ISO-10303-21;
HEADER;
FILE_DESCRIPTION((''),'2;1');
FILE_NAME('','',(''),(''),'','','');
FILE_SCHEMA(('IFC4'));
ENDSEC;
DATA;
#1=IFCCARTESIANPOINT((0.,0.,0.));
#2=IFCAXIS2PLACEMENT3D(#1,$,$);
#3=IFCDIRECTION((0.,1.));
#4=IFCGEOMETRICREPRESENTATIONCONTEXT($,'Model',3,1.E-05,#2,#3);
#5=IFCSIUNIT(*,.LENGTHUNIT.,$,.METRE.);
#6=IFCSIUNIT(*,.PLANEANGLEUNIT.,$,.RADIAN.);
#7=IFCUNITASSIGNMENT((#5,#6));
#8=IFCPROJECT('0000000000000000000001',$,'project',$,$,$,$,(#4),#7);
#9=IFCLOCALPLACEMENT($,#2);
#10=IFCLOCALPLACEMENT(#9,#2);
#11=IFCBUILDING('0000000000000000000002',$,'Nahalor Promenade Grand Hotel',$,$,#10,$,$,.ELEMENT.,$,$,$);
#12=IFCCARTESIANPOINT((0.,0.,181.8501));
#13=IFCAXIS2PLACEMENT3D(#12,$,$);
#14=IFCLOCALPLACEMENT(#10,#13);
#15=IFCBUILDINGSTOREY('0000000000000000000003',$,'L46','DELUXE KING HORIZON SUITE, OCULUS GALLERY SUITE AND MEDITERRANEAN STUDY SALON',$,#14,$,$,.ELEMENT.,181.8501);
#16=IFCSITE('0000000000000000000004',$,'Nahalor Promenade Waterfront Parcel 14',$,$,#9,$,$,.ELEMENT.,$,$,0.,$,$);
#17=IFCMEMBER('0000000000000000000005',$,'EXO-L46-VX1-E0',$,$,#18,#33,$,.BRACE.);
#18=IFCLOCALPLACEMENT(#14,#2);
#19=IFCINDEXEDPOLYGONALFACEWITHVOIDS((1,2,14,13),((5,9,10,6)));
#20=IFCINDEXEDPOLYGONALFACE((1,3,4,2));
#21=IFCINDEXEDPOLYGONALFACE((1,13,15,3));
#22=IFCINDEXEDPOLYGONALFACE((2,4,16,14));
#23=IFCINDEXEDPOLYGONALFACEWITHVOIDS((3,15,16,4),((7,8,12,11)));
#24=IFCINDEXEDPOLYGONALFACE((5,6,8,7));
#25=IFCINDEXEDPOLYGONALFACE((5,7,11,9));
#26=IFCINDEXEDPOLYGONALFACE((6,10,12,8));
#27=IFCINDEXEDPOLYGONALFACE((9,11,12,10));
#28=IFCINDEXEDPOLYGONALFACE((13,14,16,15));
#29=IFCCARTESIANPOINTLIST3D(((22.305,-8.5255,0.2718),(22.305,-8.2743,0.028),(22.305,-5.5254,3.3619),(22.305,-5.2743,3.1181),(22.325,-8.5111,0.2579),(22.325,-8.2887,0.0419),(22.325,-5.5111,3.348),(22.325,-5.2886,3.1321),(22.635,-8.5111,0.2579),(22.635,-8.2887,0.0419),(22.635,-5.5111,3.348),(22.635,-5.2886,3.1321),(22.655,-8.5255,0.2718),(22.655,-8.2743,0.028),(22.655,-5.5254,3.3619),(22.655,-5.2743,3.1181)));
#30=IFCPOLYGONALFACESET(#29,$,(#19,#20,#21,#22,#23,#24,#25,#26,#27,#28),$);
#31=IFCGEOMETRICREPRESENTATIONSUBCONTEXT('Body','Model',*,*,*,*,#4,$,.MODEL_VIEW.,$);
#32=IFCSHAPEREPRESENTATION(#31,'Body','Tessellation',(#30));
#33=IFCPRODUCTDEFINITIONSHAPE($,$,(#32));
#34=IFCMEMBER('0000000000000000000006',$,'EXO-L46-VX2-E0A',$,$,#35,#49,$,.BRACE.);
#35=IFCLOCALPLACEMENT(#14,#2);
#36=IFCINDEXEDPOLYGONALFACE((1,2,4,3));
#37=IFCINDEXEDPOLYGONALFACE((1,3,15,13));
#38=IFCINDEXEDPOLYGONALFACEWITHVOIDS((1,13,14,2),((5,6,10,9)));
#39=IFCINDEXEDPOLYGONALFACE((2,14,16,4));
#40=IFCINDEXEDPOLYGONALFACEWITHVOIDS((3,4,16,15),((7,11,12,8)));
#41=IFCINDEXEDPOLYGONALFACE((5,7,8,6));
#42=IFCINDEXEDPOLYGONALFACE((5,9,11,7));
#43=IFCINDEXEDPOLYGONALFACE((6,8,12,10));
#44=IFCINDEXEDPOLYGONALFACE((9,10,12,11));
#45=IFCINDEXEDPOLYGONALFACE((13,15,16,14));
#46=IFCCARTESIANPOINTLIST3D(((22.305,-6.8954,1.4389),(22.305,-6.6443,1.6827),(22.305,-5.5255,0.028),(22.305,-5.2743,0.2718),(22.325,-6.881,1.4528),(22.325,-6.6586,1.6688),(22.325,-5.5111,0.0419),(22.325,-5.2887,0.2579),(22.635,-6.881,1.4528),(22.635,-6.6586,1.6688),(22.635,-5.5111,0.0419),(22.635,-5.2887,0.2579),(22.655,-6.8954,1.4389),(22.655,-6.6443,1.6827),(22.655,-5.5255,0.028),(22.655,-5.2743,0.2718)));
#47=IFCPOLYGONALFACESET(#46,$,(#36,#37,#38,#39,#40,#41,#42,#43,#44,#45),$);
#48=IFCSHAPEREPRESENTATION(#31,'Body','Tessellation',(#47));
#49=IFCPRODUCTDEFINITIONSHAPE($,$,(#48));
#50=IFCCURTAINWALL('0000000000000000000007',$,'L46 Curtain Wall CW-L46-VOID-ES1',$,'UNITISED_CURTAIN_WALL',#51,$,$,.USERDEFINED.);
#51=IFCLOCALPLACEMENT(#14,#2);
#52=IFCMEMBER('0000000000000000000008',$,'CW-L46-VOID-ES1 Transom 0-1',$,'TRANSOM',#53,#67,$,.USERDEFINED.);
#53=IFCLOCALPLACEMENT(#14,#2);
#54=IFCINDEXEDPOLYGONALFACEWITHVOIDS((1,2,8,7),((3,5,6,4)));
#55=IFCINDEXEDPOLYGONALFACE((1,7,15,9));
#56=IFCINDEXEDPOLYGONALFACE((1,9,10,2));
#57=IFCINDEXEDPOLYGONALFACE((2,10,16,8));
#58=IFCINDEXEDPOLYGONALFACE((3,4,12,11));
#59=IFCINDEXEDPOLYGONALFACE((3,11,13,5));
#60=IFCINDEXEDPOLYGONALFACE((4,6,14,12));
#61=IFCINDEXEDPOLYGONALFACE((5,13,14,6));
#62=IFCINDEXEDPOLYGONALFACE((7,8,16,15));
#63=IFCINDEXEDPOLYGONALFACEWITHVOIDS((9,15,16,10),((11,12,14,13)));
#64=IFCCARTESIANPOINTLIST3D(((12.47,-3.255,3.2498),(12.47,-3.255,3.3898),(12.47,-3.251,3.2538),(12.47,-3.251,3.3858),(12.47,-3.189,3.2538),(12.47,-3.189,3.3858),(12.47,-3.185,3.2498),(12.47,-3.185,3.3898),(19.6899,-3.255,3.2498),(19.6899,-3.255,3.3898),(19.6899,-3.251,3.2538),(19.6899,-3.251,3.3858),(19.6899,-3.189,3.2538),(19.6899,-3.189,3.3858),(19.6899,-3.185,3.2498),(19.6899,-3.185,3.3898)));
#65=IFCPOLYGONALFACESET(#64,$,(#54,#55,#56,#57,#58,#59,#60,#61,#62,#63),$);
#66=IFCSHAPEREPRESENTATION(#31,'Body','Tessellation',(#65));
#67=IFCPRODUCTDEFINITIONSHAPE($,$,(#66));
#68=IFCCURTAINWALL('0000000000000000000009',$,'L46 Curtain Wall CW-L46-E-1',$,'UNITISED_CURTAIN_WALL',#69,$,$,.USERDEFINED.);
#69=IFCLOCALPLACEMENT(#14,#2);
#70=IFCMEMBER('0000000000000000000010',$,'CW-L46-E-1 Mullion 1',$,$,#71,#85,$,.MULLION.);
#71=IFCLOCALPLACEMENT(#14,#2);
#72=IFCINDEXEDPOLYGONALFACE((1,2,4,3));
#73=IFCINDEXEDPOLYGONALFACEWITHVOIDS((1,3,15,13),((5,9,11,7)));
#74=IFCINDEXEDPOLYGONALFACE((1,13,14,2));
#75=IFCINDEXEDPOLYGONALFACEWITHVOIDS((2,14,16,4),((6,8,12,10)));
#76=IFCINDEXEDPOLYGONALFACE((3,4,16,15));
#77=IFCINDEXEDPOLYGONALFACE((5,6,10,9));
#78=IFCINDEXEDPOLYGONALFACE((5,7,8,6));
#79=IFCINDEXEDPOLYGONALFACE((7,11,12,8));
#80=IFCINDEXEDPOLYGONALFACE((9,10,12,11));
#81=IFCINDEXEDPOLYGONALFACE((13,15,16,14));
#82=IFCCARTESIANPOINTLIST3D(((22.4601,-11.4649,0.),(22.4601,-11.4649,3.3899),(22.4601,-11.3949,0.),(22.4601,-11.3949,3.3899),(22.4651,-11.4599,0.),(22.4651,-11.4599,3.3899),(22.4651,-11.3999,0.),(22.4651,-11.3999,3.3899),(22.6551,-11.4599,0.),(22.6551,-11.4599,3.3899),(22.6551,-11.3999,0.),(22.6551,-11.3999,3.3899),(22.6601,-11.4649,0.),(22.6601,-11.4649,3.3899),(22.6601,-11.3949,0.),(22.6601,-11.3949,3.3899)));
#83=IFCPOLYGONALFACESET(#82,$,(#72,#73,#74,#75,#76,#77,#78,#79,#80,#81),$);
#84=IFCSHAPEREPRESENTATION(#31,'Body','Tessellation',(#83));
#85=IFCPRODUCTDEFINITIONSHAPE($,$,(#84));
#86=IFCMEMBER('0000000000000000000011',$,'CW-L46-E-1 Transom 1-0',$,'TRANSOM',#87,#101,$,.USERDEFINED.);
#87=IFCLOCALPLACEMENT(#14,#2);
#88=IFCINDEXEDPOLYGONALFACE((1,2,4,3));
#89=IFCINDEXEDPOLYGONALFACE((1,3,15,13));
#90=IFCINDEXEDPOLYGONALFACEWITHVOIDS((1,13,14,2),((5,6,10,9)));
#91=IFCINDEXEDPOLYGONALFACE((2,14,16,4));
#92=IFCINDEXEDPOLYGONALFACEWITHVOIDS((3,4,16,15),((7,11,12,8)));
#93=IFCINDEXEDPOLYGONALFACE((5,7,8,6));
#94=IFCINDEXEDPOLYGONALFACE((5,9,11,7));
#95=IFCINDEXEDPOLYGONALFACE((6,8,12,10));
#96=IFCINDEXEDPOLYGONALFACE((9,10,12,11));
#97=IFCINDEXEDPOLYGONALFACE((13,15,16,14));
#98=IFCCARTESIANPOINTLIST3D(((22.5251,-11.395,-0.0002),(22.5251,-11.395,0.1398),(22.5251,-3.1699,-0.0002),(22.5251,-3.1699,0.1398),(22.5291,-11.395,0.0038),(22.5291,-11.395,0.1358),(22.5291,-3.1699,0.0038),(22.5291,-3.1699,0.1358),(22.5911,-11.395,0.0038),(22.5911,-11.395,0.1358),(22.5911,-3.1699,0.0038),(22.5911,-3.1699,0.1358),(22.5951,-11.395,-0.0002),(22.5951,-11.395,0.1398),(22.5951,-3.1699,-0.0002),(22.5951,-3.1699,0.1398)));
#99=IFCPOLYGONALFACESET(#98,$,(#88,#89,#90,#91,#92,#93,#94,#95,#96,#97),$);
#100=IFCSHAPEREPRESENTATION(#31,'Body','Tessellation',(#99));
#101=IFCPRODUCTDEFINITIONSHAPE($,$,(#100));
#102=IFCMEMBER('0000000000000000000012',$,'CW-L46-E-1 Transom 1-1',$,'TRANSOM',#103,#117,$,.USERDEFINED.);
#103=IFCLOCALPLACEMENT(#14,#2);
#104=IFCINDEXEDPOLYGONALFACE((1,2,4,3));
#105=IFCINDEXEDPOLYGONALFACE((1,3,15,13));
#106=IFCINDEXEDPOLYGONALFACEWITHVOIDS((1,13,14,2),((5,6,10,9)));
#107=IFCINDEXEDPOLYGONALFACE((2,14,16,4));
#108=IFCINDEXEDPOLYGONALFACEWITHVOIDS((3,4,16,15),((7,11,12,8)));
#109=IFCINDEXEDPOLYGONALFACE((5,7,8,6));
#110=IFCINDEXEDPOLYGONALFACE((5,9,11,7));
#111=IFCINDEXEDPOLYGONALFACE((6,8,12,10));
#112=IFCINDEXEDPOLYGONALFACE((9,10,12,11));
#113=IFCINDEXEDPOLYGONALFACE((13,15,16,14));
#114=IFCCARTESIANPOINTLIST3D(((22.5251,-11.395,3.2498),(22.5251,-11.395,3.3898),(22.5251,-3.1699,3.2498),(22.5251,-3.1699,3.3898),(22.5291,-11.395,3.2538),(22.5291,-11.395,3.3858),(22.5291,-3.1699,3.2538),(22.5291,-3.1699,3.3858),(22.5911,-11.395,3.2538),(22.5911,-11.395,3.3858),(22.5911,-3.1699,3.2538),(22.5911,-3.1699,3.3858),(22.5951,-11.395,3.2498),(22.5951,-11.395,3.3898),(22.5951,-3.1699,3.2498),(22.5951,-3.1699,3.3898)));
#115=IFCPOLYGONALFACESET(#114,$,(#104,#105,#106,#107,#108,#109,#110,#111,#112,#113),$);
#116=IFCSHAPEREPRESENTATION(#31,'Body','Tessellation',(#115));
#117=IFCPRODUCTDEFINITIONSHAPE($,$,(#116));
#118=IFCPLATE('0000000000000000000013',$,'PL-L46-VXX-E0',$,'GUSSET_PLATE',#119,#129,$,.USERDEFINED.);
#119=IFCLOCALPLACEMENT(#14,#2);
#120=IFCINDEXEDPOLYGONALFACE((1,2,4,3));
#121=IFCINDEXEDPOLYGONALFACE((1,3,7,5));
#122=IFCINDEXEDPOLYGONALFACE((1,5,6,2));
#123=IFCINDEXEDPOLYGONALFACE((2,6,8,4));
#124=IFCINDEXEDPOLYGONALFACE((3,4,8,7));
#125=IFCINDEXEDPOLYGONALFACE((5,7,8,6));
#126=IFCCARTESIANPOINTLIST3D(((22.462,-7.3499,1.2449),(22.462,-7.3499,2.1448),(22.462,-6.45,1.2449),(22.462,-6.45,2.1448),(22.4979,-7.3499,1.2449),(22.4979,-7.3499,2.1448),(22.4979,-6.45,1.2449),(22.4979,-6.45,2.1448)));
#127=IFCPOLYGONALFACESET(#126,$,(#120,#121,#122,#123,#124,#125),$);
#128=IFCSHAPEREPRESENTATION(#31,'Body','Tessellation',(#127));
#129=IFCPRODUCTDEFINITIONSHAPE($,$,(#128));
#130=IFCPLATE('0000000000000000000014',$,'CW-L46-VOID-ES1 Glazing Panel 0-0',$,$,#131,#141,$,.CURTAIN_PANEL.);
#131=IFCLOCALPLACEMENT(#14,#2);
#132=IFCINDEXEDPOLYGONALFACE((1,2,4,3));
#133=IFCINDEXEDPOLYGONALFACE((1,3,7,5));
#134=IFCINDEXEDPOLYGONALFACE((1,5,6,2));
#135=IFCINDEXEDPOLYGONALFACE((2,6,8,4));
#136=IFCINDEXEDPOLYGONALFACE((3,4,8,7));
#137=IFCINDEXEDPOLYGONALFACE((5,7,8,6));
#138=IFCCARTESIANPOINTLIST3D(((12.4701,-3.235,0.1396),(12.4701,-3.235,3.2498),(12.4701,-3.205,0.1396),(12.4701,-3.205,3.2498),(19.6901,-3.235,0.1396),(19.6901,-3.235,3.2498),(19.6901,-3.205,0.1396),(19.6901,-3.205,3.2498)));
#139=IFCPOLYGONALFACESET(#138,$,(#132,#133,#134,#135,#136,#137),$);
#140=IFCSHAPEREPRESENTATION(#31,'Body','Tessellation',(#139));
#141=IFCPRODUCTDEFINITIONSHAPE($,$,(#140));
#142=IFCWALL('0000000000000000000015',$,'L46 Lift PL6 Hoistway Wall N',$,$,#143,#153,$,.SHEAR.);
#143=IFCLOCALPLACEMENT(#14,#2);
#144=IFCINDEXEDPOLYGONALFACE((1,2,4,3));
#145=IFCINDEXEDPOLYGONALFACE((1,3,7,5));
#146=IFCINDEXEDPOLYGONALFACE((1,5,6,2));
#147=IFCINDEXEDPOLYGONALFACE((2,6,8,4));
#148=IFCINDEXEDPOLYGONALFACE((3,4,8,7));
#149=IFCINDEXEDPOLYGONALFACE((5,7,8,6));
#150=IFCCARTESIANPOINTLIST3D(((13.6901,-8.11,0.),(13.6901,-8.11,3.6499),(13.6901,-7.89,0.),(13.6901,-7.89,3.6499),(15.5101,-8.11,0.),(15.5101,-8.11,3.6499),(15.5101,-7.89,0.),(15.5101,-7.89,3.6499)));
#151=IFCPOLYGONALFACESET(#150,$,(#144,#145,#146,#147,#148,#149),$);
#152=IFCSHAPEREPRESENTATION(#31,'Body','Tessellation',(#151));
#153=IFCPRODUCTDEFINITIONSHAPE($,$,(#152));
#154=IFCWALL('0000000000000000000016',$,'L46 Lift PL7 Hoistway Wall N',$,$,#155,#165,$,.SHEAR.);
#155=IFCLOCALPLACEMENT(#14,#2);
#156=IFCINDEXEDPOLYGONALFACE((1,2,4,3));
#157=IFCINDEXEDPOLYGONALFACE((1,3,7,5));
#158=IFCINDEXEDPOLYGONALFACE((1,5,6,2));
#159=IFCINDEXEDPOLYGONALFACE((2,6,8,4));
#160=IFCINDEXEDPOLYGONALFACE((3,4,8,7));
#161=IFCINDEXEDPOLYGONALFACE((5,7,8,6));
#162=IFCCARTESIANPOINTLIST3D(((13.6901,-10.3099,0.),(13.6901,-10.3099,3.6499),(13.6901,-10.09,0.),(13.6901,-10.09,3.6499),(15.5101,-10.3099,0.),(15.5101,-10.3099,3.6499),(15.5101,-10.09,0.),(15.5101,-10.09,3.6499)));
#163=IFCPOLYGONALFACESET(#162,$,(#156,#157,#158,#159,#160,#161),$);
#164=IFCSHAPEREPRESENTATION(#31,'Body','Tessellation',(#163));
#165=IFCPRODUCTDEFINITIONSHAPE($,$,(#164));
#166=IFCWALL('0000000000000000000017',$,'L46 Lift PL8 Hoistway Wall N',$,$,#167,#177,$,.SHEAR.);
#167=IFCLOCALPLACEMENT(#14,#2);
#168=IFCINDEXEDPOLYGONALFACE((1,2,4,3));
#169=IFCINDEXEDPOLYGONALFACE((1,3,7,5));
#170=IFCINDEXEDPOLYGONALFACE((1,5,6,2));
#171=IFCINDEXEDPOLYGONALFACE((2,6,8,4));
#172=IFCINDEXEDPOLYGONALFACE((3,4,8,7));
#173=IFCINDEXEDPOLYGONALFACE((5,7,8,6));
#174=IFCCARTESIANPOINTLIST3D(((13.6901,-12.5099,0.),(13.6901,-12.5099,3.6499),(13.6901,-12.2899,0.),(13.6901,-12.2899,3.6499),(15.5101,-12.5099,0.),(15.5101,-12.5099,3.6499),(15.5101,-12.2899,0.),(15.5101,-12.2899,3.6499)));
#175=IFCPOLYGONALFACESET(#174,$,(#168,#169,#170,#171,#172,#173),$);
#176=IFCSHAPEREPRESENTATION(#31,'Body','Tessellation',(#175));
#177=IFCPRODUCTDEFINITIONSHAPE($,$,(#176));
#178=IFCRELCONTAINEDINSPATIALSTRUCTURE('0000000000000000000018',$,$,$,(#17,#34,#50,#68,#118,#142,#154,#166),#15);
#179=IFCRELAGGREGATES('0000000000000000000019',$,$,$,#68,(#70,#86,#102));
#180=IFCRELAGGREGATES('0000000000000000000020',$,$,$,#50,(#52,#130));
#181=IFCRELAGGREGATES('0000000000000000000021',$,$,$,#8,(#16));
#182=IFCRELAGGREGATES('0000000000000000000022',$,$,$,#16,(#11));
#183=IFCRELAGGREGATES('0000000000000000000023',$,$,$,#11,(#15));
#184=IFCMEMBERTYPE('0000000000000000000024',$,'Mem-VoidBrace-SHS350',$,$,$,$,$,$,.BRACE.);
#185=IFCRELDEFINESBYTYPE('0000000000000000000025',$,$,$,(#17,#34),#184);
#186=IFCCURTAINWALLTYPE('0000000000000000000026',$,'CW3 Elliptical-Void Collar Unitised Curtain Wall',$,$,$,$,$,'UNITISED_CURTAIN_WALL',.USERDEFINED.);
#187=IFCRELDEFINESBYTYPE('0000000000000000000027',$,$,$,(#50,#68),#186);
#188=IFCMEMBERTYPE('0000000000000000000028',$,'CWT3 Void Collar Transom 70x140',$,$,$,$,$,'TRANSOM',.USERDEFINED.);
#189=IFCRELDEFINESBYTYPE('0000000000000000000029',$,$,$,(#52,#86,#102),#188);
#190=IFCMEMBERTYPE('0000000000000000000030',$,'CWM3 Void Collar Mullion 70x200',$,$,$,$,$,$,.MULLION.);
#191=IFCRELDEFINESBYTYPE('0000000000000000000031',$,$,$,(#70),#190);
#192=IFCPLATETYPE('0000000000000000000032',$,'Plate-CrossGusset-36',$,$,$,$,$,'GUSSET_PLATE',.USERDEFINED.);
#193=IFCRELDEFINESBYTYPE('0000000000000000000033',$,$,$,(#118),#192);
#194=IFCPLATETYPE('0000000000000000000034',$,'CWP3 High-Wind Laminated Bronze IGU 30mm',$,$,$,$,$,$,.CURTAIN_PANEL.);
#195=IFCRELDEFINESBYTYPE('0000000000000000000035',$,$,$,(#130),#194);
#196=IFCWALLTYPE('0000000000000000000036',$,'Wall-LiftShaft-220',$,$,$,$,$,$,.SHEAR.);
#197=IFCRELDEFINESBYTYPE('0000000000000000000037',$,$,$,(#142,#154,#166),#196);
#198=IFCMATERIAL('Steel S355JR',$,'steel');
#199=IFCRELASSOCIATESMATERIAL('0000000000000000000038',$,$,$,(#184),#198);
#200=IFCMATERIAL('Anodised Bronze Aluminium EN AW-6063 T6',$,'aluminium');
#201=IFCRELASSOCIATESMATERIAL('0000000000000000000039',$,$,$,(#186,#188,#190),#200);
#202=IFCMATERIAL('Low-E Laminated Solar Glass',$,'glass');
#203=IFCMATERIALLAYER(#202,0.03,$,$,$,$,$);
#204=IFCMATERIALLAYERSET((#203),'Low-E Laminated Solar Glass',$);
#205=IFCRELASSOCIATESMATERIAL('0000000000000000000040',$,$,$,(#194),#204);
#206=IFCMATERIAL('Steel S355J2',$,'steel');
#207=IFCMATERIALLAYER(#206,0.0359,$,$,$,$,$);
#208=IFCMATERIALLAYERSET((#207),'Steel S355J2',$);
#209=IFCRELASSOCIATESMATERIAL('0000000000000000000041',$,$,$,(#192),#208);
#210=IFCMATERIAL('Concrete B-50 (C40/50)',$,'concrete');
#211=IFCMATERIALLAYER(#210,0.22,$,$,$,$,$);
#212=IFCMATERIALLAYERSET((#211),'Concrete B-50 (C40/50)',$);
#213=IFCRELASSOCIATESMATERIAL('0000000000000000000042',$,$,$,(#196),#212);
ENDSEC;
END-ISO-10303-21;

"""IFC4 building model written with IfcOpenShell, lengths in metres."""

from ifc_helpers import new_model, si_unit, direction, frame, frame_2d, origin, origin_2d, place, context, subcontext, project, spatial, rectangle, hollow_rectangle, extrude, source, transform, mapped, material, layer, layer_set, material_profile, profile_set, type_object, element, aggregate, save


model = new_model("IFC4")

# Units and contexts
model_context = context("Model", 3, precision=1e-05, world=origin(), true_north=direction((0.0, 1.0)))
body_context = subcontext(model_context, "Body", "Model", "MODEL_VIEW")
ifc_project = project(units=[si_unit("LENGTHUNIT", "METRE"), si_unit("PLANEANGLEUNIT", "RADIAN")], contexts=[model_context])

# Site, building, storey
site_placement = place(None, origin())
site = spatial("IfcSite", under=ifc_project, at=site_placement, Name="Nahalor Promenade Waterfront Parcel 14", CompositionType="ELEMENT", RefElevation=0.0)
building_placement = place(site_placement, origin())
building = spatial("IfcBuilding", under=site, at=building_placement, Name="Nahalor Promenade Grand Hotel", CompositionType="ELEMENT")
storey_placement = place(building_placement, frame((0.0, 0.0, 181.8501)))
storey = spatial("IfcBuildingStorey", under=building, at=storey_placement, Name="L46", Description="DELUXE KING HORIZON SUITE, OCULUS GALLERY SUITE AND MEDITERRANEAN STUDY SALON", CompositionType="ELEMENT", Elevation=181.8501)

# Shared definitions
ifc_material_1 = material(Name="Steel S355J2", Category="steel")

# Shared definitions
ifc_material_2 = material(Name="Steel S355JR", Category="steel")

# Members
ifc_material_profile_1 = material_profile(ifc_material_2, hollow_rectangle(XDim=0.35, YDim=0.35, WallThickness=0.02, at=origin_2d()), Name="SHS 350x350x20")
ifc_profile_set_1 = profile_set([ifc_material_profile_1], Name="Steel S355JR")
member_type_1 = type_object("IfcMemberType", Name="Mem-VoidBrace-SHS350", PredefinedType="BRACE", material=ifc_profile_set_1)
shared_shape_1 = source(origin(), body_context, "Body", "SweptSolid", [
    extrude(hollow_rectangle(XDim=0.35, YDim=0.35, WallThickness=0.02, at=origin_2d()), origin(), (0.0, 0.0, 1.0), 4.3069),
])
member_1_placement = place(storey_placement, frame((22.48, -8.3999, 0.1499), z_axis=(0.0, 0.696571, 0.717488), x_axis=(-1.0, 0.0, 0.0)))
element("IfcMember", 1, at=member_1_placement, inside=storey, type_object=member_type_1, Name="EXO-L46-VX1-E0", PredefinedType="BRACE", context=body_context, shape_type="MappedRepresentation", body=[
    mapped(shared_shape_1, transform((0.0, 0.0, 0.0), scale=1.0)),
])
shared_shape_2 = source(origin(), body_context, "Body", "SweptSolid", [
    extrude(hollow_rectangle(XDim=0.35, YDim=0.35, WallThickness=0.02, at=origin_2d()), origin(), (0.0, 0.0, 1.0), 1.9666),
])
member_2_placement = place(storey_placement, frame((22.48, -5.3999, 0.1499), z_axis=(0.0, -0.696601, 0.717458), x_axis=(1.0, 0.0, 0.0)))
element("IfcMember", 2, at=member_2_placement, inside=storey, type_object=member_type_1, Name="EXO-L46-VX2-E0A", PredefinedType="BRACE", context=body_context, shape_type="MappedRepresentation", body=[
    mapped(shared_shape_2, transform((0.0, 0.0, 0.0), scale=1.0)),
])

# Curtain wall, member
ifc_material_3 = material(Name="Anodised Bronze Aluminium EN AW-6063 T6", Category="aluminium")
curtain_wall_type = type_object("IfcCurtainWallType", Name="CW3 Elliptical-Void Collar Unitised Curtain Wall", ElementType="UNITISED_CURTAIN_WALL", PredefinedType="USERDEFINED", material=ifc_material_3)
curtain_wall_1_placement = place(storey_placement, origin())
curtain_wall_1 = element("IfcCurtainWall", 3, at=curtain_wall_1_placement, inside=storey, type_object=curtain_wall_type, Name="L46 Curtain Wall CW-L46-VOID-ES1", ObjectType="UNITISED_CURTAIN_WALL", PredefinedType="USERDEFINED")
ifc_material_profile_2 = material_profile(ifc_material_3, hollow_rectangle(XDim=0.07, YDim=0.14, WallThickness=0.004, at=origin_2d()), Name="CWT 70x140x4")
ifc_profile_set_2 = profile_set([ifc_material_profile_2], Name="Anodised Bronze Aluminium EN AW-6063 T6")
member_type_2 = type_object("IfcMemberType", Name="CWT3 Void Collar Transom 70x140", ElementType="TRANSOM", PredefinedType="USERDEFINED", material=ifc_profile_set_2)
shared_shape_3 = source(origin(), body_context, "Body", "SweptSolid", [
    extrude(hollow_rectangle(XDim=0.07, YDim=0.14, WallThickness=0.004, at=origin_2d()), origin(), (0.0, 0.0, 1.0), 7.22),
])
member_3_placement = place(storey_placement, frame((12.47, -3.22, 3.3198), z_axis=(1.0, 0.0, 0.0), x_axis=(0.0, 1.0, 0.0)))
member_3 = element("IfcMember", 4, at=member_3_placement, type_object=member_type_2, Name="CW-L46-VOID-ES1 Transom 0-1", ObjectType="TRANSOM", PredefinedType="USERDEFINED", context=body_context, shape_type="MappedRepresentation", body=[
    mapped(shared_shape_3, transform((0.0, 0.0, 0.0), scale=1.0)),
])

# Curtain wall, members
curtain_wall_2_placement = place(storey_placement, origin())
curtain_wall_2 = element("IfcCurtainWall", 5, at=curtain_wall_2_placement, inside=storey, type_object=curtain_wall_type, Name="L46 Curtain Wall CW-L46-E-1", ObjectType="UNITISED_CURTAIN_WALL", PredefinedType="USERDEFINED")
ifc_material_profile_3 = material_profile(ifc_material_3, hollow_rectangle(XDim=0.07, YDim=0.2, WallThickness=0.005, at=origin_2d()), Name="CWM 70x200x5")
ifc_profile_set_3 = profile_set([ifc_material_profile_3], Name="Anodised Bronze Aluminium EN AW-6063 T6")
member_type_3 = type_object("IfcMemberType", Name="CWM3 Void Collar Mullion 70x200", PredefinedType="MULLION", material=ifc_profile_set_3)
shared_shape_4 = source(origin(), body_context, "Body", "SweptSolid", [
    extrude(hollow_rectangle(XDim=0.07, YDim=0.2, WallThickness=0.005, at=origin_2d()), origin(), (0.0, 0.0, 1.0), 3.3899),
])
member_4_placement = place(storey_placement, frame((22.5601, -11.4299, 0.0), z_axis=(0.0, 0.0, 1.0), x_axis=(0.0, 1.0, 0.0)))
member_4 = element("IfcMember", 6, at=member_4_placement, type_object=member_type_3, Name="CW-L46-E-1 Mullion 1", PredefinedType="MULLION", context=body_context, shape_type="MappedRepresentation", body=[
    mapped(shared_shape_4, transform((0.0, 0.0, 0.0), scale=1.0)),
])
shared_shape_5 = source(origin(), body_context, "Body", "SweptSolid", [
    extrude(hollow_rectangle(XDim=0.07, YDim=0.14, WallThickness=0.004, at=origin_2d()), origin(), (0.0, 0.0, 1.0), 8.2251),
])
member_5_placement = place(storey_placement, frame((22.5601, -11.395, 0.0698), z_axis=(0.0, 1.0, 0.0), x_axis=(-1.0, 0.0, 0.0)))
member_5 = element("IfcMember", 7, at=member_5_placement, type_object=member_type_2, Name="CW-L46-E-1 Transom 1-0", ObjectType="TRANSOM", PredefinedType="USERDEFINED", context=body_context, shape_type="MappedRepresentation", body=[
    mapped(shared_shape_5, transform((0.0, 0.0, 0.0), scale=1.0)),
])
member_6_placement = place(storey_placement, frame((22.5601, -11.395, 3.3198), z_axis=(0.0, 1.0, 0.0), x_axis=(-1.0, 0.0, 0.0)))
member_6 = element("IfcMember", 8, at=member_6_placement, type_object=member_type_2, Name="CW-L46-E-1 Transom 1-1", ObjectType="TRANSOM", PredefinedType="USERDEFINED", context=body_context, shape_type="MappedRepresentation", body=[
    mapped(shared_shape_5, transform((0.0, 0.0, 0.0), scale=1.0)),
])
ifc_material_4 = material(Name="Low-E Laminated Solar Glass", Category="glass")
ifc_layer_1 = layer(ifc_material_4, 0.03)
ifc_layer_set_1 = layer_set([ifc_layer_1], Name="Low-E Laminated Solar Glass")
plate_type_1 = type_object("IfcPlateType", Name="CWP3 High-Wind Laminated Bronze IGU 30mm", PredefinedType="CURTAIN_PANEL", material=ifc_layer_set_1)
aggregate(curtain_wall_2, [member_4, member_5, member_6])

# Plates
ifc_layer_2 = layer(ifc_material_1, 0.0359)
ifc_layer_set_2 = layer_set([ifc_layer_2], Name="Steel S355J2")
plate_type_2 = type_object("IfcPlateType", Name="Plate-CrossGusset-36", ElementType="GUSSET_PLATE", PredefinedType="USERDEFINED", material=ifc_layer_set_2)
shared_shape_6 = source(origin(), body_context, "Body", "SweptSolid", [
    extrude(rectangle(XDim=0.8999, YDim=0.0359, at=origin_2d()), origin(), (0.0, 0.0, 1.0), 0.8999),
])
plate_1_placement = place(storey_placement, frame((22.48, -6.8999, 1.2449), z_axis=(0.0, 0.0, 1.0), x_axis=(0.0, 1.0, 0.0)))
element("IfcPlate", 9, at=plate_1_placement, inside=storey, type_object=plate_type_2, Name="PL-L46-VXX-E0", ObjectType="GUSSET_PLATE", PredefinedType="USERDEFINED", context=body_context, shape_type="MappedRepresentation", body=[
    mapped(shared_shape_6, transform((0.0, 0.0, 0.0), scale=1.0)),
])
shared_shape_7 = source(origin(), body_context, "Body", "SweptSolid", [
    extrude(rectangle(XDim=7.22, YDim=0.03, at=origin_2d()), origin(), (0.0, 0.0, 1.0), 3.1101),
])
plate_2_placement = place(storey_placement, frame((16.0801, -3.22, 0.1396), z_axis=(0.0, 0.0, 1.0), x_axis=(1.0, 0.0, 0.0)))
plate_2 = element("IfcPlate", 10, at=plate_2_placement, type_object=plate_type_1, Name="CW-L46-VOID-ES1 Glazing Panel 0-0", PredefinedType="CURTAIN_PANEL", context=body_context, shape_type="MappedRepresentation", body=[
    mapped(shared_shape_7, transform((0.0, 0.0, 0.0), scale=1.0)),
])
aggregate(curtain_wall_1, [member_3, plate_2])

# Walls
ifc_material_5 = material(Name="Concrete B-50 (C40/50)", Category="concrete")
ifc_layer_3 = layer(ifc_material_5, 0.22)
ifc_layer_set_3 = layer_set([ifc_layer_3], Name="Concrete B-50 (C40/50)")
wall_type_1 = type_object("IfcWallType", Name="Wall-LiftShaft-220", PredefinedType="SHEAR", material=ifc_layer_set_3)
shared_shape_8 = source(origin(), body_context, "Body", "SweptSolid", [
    extrude(rectangle(XDim=1.8201, YDim=0.22, at=frame_2d((0.9102, 0.0))), origin(), (0.0, 0.0, 1.0), 3.6499),
])
for number, where, z_axis, x_axis, name in (
    (11, (13.6899, -8.0, 0.0), (0.0, 0.0, 1.0), (1.0, 0.0, 0.0), "L46 Lift PL6 Hoistway Wall N"),
    (12, (13.6899, -10.2, 0.0), (0.0, 0.0, 1.0), (1.0, 0.0, 0.0), "L46 Lift PL7 Hoistway Wall N"),
    (13, (13.6899, -12.3999, 0.0), (0.0, 0.0, 1.0), (1.0, 0.0, 0.0), "L46 Lift PL8 Hoistway Wall N"),
):
    element("IfcWall", number, at=place(storey_placement, frame(where, z_axis=z_axis, x_axis=x_axis)), inside=storey, type_object=wall_type_1, Name=name, PredefinedType="SHEAR", context=body_context, shape_type="MappedRepresentation", body=[
        mapped(shared_shape_8, transform((0.0, 0.0, 0.0), scale=1.0)),
    ])

save(model, "model.ifc")
